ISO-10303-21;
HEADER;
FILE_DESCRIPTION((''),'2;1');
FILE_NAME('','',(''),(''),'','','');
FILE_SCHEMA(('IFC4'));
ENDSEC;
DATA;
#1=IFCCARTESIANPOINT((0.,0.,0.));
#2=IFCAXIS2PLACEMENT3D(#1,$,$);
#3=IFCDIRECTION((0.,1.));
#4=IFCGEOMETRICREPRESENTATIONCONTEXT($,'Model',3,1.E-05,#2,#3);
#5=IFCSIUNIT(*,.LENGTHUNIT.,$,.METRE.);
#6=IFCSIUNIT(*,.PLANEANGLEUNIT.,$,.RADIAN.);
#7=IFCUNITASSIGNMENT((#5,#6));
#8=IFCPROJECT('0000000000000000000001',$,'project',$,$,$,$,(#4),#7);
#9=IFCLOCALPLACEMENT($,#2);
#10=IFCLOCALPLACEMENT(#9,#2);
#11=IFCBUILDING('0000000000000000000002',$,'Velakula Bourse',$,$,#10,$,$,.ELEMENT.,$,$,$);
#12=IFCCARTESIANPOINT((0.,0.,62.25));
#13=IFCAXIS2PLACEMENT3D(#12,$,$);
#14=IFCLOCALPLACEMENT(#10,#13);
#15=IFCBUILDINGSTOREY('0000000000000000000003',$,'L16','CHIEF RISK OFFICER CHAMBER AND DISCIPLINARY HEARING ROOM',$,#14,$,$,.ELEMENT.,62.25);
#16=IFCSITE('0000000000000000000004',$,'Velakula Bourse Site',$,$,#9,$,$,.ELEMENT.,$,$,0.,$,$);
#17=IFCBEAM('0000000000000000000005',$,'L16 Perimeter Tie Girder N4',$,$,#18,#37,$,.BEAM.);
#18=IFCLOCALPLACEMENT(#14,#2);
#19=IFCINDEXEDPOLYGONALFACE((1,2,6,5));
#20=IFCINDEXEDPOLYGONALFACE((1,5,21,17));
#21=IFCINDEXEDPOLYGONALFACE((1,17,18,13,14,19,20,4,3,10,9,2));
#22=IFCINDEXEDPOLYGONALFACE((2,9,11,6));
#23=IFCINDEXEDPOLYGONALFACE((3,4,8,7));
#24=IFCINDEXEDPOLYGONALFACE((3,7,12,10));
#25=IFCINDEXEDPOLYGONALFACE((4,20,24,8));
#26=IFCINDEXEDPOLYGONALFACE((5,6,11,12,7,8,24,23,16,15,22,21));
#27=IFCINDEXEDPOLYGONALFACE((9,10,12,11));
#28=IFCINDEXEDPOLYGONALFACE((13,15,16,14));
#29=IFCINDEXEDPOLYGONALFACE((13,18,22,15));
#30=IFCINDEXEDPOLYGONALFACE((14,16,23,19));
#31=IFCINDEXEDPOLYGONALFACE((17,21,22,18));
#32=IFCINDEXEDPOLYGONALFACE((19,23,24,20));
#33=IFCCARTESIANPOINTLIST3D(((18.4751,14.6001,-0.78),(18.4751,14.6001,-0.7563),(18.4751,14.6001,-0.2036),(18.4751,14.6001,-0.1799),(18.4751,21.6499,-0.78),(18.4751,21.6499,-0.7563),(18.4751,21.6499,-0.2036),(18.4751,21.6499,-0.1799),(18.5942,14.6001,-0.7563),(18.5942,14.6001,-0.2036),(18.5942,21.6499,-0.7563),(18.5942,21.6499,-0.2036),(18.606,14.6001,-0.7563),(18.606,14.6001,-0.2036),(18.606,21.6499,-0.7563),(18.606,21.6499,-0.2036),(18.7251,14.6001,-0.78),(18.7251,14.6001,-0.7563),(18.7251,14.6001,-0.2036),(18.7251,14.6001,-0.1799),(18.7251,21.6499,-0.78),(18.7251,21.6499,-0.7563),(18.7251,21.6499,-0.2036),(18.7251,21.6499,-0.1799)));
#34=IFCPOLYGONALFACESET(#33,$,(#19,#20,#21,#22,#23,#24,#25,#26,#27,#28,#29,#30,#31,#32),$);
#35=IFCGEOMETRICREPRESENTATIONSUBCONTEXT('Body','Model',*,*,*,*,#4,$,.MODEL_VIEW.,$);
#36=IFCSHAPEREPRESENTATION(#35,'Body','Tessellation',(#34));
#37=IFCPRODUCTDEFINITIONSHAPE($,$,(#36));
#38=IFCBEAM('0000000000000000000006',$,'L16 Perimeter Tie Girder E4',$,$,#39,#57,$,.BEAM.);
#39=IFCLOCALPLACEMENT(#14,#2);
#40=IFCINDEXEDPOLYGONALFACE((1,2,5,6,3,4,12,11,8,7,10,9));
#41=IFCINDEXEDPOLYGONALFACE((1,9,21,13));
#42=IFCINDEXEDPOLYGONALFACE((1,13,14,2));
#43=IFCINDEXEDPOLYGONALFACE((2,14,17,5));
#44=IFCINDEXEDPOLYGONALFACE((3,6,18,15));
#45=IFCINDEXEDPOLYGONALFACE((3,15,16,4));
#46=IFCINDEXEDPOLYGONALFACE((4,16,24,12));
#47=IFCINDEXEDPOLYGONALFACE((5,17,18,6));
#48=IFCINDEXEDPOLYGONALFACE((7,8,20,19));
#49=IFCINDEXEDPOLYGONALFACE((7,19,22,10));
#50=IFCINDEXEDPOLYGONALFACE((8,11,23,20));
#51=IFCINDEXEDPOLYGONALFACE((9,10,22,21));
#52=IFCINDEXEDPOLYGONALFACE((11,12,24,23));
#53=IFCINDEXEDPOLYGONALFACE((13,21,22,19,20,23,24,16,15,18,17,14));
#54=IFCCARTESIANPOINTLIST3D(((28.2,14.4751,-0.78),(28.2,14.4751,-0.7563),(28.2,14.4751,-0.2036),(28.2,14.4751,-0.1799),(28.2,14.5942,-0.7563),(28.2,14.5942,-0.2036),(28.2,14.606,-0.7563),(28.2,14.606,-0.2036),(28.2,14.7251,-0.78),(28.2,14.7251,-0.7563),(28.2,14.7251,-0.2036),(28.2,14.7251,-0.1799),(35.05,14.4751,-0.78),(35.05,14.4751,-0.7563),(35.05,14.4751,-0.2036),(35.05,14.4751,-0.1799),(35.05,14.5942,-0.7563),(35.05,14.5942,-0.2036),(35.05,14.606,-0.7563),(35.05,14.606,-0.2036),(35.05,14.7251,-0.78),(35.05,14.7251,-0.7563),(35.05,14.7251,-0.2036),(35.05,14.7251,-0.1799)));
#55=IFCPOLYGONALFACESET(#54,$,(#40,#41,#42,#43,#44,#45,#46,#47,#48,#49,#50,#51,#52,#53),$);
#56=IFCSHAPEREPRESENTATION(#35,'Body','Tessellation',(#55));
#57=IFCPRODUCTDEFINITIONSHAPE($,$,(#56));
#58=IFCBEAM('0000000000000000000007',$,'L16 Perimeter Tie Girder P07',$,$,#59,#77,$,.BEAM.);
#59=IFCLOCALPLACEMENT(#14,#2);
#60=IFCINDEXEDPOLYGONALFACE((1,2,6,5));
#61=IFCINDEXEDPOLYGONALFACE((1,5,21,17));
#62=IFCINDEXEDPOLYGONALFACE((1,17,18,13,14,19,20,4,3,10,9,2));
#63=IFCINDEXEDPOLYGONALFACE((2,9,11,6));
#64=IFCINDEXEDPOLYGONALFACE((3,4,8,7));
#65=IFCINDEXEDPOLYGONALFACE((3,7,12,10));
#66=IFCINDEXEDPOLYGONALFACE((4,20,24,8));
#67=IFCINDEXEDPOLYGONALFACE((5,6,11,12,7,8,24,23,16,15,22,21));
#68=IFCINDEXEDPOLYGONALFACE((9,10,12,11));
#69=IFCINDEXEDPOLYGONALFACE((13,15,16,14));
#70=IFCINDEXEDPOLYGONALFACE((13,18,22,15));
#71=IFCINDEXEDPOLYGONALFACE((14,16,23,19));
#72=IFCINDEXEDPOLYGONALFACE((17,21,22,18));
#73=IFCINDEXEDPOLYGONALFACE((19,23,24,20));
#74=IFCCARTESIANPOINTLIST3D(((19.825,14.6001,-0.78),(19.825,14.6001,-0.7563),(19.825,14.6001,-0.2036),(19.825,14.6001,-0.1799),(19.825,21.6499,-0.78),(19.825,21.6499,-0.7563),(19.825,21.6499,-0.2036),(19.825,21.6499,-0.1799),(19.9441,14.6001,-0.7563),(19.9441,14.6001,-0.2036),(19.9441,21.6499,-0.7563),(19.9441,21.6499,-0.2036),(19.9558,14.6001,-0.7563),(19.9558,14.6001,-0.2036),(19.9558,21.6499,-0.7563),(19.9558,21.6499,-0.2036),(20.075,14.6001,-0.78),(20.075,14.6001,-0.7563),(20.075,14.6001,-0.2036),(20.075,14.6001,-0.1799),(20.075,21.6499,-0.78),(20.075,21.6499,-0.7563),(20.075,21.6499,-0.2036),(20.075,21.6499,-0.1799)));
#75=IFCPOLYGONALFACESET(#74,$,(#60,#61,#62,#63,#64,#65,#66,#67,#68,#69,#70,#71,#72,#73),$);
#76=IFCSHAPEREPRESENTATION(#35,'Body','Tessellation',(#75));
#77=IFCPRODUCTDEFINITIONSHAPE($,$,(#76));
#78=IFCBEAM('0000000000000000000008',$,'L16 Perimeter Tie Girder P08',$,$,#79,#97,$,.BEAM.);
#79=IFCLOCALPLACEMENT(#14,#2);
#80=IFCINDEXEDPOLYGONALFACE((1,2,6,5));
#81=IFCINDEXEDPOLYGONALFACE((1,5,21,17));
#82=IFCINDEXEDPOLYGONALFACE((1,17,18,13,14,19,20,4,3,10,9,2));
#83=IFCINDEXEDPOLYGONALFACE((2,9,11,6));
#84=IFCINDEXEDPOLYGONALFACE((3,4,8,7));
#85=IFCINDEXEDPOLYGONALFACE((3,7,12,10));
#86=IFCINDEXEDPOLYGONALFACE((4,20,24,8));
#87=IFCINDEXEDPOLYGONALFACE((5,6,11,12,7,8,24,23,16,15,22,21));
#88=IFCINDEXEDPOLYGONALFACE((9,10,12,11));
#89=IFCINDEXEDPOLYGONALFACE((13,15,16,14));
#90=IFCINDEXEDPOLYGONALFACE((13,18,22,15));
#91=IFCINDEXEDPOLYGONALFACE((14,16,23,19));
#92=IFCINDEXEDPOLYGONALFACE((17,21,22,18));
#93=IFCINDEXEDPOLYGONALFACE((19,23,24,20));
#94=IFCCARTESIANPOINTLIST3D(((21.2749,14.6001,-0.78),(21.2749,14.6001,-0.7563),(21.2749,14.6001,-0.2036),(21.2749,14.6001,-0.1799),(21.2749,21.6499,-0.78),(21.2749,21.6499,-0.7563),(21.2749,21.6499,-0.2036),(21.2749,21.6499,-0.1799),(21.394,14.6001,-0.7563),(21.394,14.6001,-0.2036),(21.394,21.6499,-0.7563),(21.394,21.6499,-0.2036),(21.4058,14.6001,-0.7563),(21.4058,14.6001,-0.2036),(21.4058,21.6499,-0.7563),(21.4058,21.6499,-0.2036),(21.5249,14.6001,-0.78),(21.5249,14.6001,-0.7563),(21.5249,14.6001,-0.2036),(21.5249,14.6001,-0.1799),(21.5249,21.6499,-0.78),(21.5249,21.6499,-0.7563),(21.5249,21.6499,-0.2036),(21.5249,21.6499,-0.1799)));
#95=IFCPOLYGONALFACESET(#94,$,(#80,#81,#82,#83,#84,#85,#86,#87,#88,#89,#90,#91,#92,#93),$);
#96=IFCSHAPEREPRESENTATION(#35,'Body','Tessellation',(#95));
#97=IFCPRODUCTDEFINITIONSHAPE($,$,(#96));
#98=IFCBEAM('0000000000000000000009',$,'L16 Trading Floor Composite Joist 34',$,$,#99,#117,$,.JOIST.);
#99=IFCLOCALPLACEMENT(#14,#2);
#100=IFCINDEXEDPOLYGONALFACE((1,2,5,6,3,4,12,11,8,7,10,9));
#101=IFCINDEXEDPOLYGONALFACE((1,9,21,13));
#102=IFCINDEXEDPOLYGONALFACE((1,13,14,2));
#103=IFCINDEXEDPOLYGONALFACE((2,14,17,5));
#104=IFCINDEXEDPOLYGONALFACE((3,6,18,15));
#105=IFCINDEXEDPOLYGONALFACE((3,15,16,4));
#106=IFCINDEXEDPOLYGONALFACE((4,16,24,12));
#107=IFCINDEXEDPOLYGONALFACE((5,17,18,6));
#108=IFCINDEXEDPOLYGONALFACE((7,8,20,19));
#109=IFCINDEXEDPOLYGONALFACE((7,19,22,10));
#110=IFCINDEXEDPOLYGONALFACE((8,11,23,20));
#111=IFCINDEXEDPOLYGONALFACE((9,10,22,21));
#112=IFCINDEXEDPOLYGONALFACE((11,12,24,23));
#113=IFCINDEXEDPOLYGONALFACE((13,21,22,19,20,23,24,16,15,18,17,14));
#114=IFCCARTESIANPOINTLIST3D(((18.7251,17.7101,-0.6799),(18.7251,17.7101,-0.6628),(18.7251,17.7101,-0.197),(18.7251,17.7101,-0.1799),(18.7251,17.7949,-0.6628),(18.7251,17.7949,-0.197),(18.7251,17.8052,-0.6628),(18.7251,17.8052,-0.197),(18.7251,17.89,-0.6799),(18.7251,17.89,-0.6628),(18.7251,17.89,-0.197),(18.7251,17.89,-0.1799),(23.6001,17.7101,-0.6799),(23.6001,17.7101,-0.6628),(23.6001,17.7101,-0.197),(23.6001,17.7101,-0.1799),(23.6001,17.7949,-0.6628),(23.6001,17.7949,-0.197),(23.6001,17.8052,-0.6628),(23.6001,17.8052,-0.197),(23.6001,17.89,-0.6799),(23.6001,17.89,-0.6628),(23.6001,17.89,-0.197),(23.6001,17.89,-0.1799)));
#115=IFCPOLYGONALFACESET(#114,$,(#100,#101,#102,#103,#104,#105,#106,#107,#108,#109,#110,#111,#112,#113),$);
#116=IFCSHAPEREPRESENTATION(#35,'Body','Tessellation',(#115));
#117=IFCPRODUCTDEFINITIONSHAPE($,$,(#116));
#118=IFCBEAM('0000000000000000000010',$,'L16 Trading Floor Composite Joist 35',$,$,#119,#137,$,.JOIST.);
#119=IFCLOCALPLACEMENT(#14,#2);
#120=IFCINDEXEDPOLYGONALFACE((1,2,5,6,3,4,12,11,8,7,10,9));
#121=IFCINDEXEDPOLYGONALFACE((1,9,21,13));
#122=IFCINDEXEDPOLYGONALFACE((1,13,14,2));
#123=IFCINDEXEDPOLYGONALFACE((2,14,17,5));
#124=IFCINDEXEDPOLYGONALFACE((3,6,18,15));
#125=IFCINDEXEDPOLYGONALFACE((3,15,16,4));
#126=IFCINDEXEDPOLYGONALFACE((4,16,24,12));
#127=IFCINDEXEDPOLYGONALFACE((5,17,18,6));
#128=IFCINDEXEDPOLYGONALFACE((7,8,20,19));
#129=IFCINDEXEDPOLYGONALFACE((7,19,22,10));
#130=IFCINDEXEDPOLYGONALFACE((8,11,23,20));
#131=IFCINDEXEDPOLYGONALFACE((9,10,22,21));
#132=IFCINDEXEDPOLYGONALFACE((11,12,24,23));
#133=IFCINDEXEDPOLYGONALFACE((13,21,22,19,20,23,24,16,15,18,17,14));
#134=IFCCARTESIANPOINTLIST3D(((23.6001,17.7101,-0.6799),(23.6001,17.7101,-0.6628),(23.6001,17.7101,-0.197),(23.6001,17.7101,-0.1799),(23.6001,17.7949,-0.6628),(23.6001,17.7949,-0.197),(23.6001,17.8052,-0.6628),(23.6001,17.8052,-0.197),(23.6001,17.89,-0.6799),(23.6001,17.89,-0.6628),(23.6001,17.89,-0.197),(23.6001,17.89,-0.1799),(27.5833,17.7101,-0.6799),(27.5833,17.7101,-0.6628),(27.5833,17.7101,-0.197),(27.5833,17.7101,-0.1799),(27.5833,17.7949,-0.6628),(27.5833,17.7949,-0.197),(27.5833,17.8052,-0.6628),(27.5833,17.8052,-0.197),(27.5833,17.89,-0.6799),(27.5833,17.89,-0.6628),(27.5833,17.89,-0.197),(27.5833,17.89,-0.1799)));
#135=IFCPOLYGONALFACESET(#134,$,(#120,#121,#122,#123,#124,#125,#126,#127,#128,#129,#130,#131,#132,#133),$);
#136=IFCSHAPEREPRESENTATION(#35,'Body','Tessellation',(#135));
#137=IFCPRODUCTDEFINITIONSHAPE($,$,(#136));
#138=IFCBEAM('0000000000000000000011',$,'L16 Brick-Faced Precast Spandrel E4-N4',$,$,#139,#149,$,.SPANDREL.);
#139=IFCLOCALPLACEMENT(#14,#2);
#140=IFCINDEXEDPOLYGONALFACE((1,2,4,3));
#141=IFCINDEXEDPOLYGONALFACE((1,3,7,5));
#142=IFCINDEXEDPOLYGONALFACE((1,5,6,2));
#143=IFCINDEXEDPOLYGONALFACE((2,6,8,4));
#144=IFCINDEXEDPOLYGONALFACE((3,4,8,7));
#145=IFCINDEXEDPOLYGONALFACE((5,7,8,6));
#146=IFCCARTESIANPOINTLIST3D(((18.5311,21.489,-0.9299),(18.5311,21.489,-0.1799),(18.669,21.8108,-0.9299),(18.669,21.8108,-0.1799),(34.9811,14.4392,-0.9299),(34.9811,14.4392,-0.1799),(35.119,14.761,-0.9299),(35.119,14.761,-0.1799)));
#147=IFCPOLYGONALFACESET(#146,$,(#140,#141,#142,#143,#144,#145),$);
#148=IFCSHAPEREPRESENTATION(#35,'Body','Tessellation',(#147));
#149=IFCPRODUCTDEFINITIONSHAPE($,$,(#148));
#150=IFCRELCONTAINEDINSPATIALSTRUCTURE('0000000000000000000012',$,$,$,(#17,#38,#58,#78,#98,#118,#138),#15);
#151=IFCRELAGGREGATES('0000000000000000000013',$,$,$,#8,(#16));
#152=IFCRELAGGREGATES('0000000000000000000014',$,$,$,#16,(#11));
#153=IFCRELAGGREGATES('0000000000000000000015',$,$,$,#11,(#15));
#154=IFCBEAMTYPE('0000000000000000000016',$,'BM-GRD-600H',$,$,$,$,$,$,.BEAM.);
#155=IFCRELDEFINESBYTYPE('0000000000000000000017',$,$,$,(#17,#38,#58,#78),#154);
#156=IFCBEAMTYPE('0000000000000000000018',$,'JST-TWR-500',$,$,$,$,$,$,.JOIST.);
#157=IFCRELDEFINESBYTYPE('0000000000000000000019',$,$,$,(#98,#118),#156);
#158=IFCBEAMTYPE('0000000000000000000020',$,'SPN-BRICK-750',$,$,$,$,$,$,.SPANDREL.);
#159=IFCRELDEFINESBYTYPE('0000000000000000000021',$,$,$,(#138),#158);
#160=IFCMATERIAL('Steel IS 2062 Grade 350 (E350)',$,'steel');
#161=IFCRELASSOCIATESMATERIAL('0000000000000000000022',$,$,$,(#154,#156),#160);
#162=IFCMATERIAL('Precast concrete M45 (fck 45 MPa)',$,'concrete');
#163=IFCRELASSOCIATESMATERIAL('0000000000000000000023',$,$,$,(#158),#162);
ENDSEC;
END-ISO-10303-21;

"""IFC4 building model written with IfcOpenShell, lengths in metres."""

from ifc_helpers import new_model, si_unit, direction, frame, origin, origin_2d, place, context, subcontext, project, spatial, rectangle, i_section, extrude, material, material_profile, profile_set, type_object, element, save


model = new_model("IFC4")

# Units and contexts
model_context = context("Model", 3, precision=1e-05, world=origin(), true_north=direction((0.0, 1.0)))
body_context = subcontext(model_context, "Body", "Model", "MODEL_VIEW")
ifc_project = project(units=[si_unit("LENGTHUNIT", "METRE"), si_unit("PLANEANGLEUNIT", "RADIAN")], contexts=[model_context])

# Site, building, storey
site_placement = place(None, origin())
site = spatial("IfcSite", under=ifc_project, at=site_placement, Name="Velakula Bourse Site", CompositionType="ELEMENT", RefElevation=0.0)
building_placement = place(site_placement, origin())
building = spatial("IfcBuilding", under=site, at=building_placement, Name="Velakula Bourse", CompositionType="ELEMENT")
storey_placement = place(building_placement, frame((0.0, 0.0, 62.25)))
storey = spatial("IfcBuildingStorey", under=building, at=storey_placement, Name="L16", Description="CHIEF RISK OFFICER CHAMBER AND DISCIPLINARY HEARING ROOM", CompositionType="ELEMENT", Elevation=62.25)

# Shared definitions
ifc_material_1 = material(Name="Precast concrete M45 (fck 45 MPa)", Category="concrete")

# Beams
ifc_material_2 = material(Name="Steel IS 2062 Grade 350 (E350)", Category="steel")
ifc_material_profile_1 = material_profile(ifc_material_2, i_section(OverallWidth=0.25, OverallDepth=0.6001, WebThickness=0.0117, FlangeThickness=0.0237, at=origin_2d()), Name="Steel IS 2062 Grade 350 (E350)")
ifc_profile_set_1 = profile_set([ifc_material_profile_1], Name="Steel IS 2062 Grade 350 (E350)")
beam_type_1 = type_object("IfcBeamType", Name="BM-GRD-600H", PredefinedType="BEAM", material=ifc_profile_set_1)
beam_1_placement = place(storey_placement, frame((18.6001, 14.6001, -0.48), z_axis=(0.0, 1.0, 0.0), x_axis=(-1.0, 0.0, 0.0)))
element("IfcBeam", 1, at=beam_1_placement, inside=storey, type_object=beam_type_1, Name="L16 Perimeter Tie Girder N4", PredefinedType="BEAM", context=body_context, shape_type="SweptSolid", body=[
    extrude(i_section(OverallWidth=0.25, OverallDepth=0.6001, WebThickness=0.0117, FlangeThickness=0.0237, at=origin_2d()), origin(), (0.0, 0.0, 1.0), 7.0498),
])
beam_2_placement = place(storey_placement, frame((28.2, 14.6001, -0.48), z_axis=(1.0, 0.0, 0.0), x_axis=(0.0, 1.0, 0.0)))
element("IfcBeam", 2, at=beam_2_placement, inside=storey, type_object=beam_type_1, Name="L16 Perimeter Tie Girder E4", PredefinedType="BEAM", context=body_context, shape_type="SweptSolid", body=[
    extrude(i_section(OverallWidth=0.25, OverallDepth=0.6001, WebThickness=0.0117, FlangeThickness=0.0237, at=origin_2d()), origin(), (0.0, 0.0, 1.0), 6.8501),
])
for number, where, z_axis, x_axis, name in (
    (3, (19.95, 14.6001, -0.48), (0.0, 1.0, 0.0), (-1.0, 0.0, 0.0), "L16 Perimeter Tie Girder P07"),
    (4, (21.3999, 14.6001, -0.48), (0.0, 1.0, 0.0), (-1.0, 0.0, 0.0), "L16 Perimeter Tie Girder P08"),
):
    element("IfcBeam", number, at=place(storey_placement, frame(where, z_axis=z_axis, x_axis=x_axis)), inside=storey, type_object=beam_type_1, Name=name, PredefinedType="BEAM", context=body_context, shape_type="SweptSolid", body=[
        extrude(i_section(OverallWidth=0.25, OverallDepth=0.6001, WebThickness=0.0117, FlangeThickness=0.0237, at=origin_2d()), origin(), (0.0, 0.0, 1.0), 7.0498),
    ])
ifc_material_profile_2 = material_profile(ifc_material_2, i_section(OverallWidth=0.1799, OverallDepth=0.5, WebThickness=0.0103, FlangeThickness=0.0171, at=origin_2d()), Name="Steel IS 2062 Grade 350 (E350)")
ifc_profile_set_2 = profile_set([ifc_material_profile_2], Name="Steel IS 2062 Grade 350 (E350)")
beam_type_2 = type_object("IfcBeamType", Name="JST-TWR-500", PredefinedType="JOIST", material=ifc_profile_set_2)
beam_3_placement = place(storey_placement, frame((18.7251, 17.8, -0.4299), z_axis=(1.0, 0.0, 0.0), x_axis=(0.0, 1.0, 0.0)))
element("IfcBeam", 5, at=beam_3_placement, inside=storey, type_object=beam_type_2, Name="L16 Trading Floor Composite Joist 34", PredefinedType="JOIST", context=body_context, shape_type="SweptSolid", body=[
    extrude(i_section(OverallWidth=0.1799, OverallDepth=0.5, WebThickness=0.0103, FlangeThickness=0.0171, at=origin_2d()), origin(), (0.0, 0.0, 1.0), 4.875),
])
beam_4_placement = place(storey_placement, frame((23.6001, 17.8, -0.4299), z_axis=(1.0, 0.0, 0.0), x_axis=(0.0, 1.0, 0.0)))
element("IfcBeam", 6, at=beam_4_placement, inside=storey, type_object=beam_type_2, Name="L16 Trading Floor Composite Joist 35", PredefinedType="JOIST", context=body_context, shape_type="SweptSolid", body=[
    extrude(i_section(OverallWidth=0.1799, OverallDepth=0.5, WebThickness=0.0103, FlangeThickness=0.0171, at=origin_2d()), origin(), (0.0, 0.0, 1.0), 3.9832),
])
ifc_material_profile_3 = material_profile(ifc_material_1, rectangle(XDim=0.3501, YDim=0.75, at=origin_2d()), Name="Precast concrete M45 (fck 45 MPa)")
ifc_profile_set_3 = profile_set([ifc_material_profile_3], Name="Precast concrete M45 (fck 45 MPa)")
beam_type_3 = type_object("IfcBeamType", Name="SPN-BRICK-750", PredefinedType="SPANDREL", material=ifc_profile_set_3)
beam_5_placement = place(storey_placement, frame((35.05, 14.6001, -0.5549), z_axis=(-0.919149, 0.393911, 0.0), x_axis=(-0.393911, -0.919149, 0.0)))
element("IfcBeam", 7, at=beam_5_placement, inside=storey, type_object=beam_type_3, Name="L16 Brick-Faced Precast Spandrel E4-N4", PredefinedType="SPANDREL", context=body_context, shape_type="SweptSolid", body=[
    extrude(rectangle(XDim=0.3501, YDim=0.75, at=origin_2d()), origin(), (0.0, 0.0, 1.0), 17.897),
])

save(model, "model.ifc")
